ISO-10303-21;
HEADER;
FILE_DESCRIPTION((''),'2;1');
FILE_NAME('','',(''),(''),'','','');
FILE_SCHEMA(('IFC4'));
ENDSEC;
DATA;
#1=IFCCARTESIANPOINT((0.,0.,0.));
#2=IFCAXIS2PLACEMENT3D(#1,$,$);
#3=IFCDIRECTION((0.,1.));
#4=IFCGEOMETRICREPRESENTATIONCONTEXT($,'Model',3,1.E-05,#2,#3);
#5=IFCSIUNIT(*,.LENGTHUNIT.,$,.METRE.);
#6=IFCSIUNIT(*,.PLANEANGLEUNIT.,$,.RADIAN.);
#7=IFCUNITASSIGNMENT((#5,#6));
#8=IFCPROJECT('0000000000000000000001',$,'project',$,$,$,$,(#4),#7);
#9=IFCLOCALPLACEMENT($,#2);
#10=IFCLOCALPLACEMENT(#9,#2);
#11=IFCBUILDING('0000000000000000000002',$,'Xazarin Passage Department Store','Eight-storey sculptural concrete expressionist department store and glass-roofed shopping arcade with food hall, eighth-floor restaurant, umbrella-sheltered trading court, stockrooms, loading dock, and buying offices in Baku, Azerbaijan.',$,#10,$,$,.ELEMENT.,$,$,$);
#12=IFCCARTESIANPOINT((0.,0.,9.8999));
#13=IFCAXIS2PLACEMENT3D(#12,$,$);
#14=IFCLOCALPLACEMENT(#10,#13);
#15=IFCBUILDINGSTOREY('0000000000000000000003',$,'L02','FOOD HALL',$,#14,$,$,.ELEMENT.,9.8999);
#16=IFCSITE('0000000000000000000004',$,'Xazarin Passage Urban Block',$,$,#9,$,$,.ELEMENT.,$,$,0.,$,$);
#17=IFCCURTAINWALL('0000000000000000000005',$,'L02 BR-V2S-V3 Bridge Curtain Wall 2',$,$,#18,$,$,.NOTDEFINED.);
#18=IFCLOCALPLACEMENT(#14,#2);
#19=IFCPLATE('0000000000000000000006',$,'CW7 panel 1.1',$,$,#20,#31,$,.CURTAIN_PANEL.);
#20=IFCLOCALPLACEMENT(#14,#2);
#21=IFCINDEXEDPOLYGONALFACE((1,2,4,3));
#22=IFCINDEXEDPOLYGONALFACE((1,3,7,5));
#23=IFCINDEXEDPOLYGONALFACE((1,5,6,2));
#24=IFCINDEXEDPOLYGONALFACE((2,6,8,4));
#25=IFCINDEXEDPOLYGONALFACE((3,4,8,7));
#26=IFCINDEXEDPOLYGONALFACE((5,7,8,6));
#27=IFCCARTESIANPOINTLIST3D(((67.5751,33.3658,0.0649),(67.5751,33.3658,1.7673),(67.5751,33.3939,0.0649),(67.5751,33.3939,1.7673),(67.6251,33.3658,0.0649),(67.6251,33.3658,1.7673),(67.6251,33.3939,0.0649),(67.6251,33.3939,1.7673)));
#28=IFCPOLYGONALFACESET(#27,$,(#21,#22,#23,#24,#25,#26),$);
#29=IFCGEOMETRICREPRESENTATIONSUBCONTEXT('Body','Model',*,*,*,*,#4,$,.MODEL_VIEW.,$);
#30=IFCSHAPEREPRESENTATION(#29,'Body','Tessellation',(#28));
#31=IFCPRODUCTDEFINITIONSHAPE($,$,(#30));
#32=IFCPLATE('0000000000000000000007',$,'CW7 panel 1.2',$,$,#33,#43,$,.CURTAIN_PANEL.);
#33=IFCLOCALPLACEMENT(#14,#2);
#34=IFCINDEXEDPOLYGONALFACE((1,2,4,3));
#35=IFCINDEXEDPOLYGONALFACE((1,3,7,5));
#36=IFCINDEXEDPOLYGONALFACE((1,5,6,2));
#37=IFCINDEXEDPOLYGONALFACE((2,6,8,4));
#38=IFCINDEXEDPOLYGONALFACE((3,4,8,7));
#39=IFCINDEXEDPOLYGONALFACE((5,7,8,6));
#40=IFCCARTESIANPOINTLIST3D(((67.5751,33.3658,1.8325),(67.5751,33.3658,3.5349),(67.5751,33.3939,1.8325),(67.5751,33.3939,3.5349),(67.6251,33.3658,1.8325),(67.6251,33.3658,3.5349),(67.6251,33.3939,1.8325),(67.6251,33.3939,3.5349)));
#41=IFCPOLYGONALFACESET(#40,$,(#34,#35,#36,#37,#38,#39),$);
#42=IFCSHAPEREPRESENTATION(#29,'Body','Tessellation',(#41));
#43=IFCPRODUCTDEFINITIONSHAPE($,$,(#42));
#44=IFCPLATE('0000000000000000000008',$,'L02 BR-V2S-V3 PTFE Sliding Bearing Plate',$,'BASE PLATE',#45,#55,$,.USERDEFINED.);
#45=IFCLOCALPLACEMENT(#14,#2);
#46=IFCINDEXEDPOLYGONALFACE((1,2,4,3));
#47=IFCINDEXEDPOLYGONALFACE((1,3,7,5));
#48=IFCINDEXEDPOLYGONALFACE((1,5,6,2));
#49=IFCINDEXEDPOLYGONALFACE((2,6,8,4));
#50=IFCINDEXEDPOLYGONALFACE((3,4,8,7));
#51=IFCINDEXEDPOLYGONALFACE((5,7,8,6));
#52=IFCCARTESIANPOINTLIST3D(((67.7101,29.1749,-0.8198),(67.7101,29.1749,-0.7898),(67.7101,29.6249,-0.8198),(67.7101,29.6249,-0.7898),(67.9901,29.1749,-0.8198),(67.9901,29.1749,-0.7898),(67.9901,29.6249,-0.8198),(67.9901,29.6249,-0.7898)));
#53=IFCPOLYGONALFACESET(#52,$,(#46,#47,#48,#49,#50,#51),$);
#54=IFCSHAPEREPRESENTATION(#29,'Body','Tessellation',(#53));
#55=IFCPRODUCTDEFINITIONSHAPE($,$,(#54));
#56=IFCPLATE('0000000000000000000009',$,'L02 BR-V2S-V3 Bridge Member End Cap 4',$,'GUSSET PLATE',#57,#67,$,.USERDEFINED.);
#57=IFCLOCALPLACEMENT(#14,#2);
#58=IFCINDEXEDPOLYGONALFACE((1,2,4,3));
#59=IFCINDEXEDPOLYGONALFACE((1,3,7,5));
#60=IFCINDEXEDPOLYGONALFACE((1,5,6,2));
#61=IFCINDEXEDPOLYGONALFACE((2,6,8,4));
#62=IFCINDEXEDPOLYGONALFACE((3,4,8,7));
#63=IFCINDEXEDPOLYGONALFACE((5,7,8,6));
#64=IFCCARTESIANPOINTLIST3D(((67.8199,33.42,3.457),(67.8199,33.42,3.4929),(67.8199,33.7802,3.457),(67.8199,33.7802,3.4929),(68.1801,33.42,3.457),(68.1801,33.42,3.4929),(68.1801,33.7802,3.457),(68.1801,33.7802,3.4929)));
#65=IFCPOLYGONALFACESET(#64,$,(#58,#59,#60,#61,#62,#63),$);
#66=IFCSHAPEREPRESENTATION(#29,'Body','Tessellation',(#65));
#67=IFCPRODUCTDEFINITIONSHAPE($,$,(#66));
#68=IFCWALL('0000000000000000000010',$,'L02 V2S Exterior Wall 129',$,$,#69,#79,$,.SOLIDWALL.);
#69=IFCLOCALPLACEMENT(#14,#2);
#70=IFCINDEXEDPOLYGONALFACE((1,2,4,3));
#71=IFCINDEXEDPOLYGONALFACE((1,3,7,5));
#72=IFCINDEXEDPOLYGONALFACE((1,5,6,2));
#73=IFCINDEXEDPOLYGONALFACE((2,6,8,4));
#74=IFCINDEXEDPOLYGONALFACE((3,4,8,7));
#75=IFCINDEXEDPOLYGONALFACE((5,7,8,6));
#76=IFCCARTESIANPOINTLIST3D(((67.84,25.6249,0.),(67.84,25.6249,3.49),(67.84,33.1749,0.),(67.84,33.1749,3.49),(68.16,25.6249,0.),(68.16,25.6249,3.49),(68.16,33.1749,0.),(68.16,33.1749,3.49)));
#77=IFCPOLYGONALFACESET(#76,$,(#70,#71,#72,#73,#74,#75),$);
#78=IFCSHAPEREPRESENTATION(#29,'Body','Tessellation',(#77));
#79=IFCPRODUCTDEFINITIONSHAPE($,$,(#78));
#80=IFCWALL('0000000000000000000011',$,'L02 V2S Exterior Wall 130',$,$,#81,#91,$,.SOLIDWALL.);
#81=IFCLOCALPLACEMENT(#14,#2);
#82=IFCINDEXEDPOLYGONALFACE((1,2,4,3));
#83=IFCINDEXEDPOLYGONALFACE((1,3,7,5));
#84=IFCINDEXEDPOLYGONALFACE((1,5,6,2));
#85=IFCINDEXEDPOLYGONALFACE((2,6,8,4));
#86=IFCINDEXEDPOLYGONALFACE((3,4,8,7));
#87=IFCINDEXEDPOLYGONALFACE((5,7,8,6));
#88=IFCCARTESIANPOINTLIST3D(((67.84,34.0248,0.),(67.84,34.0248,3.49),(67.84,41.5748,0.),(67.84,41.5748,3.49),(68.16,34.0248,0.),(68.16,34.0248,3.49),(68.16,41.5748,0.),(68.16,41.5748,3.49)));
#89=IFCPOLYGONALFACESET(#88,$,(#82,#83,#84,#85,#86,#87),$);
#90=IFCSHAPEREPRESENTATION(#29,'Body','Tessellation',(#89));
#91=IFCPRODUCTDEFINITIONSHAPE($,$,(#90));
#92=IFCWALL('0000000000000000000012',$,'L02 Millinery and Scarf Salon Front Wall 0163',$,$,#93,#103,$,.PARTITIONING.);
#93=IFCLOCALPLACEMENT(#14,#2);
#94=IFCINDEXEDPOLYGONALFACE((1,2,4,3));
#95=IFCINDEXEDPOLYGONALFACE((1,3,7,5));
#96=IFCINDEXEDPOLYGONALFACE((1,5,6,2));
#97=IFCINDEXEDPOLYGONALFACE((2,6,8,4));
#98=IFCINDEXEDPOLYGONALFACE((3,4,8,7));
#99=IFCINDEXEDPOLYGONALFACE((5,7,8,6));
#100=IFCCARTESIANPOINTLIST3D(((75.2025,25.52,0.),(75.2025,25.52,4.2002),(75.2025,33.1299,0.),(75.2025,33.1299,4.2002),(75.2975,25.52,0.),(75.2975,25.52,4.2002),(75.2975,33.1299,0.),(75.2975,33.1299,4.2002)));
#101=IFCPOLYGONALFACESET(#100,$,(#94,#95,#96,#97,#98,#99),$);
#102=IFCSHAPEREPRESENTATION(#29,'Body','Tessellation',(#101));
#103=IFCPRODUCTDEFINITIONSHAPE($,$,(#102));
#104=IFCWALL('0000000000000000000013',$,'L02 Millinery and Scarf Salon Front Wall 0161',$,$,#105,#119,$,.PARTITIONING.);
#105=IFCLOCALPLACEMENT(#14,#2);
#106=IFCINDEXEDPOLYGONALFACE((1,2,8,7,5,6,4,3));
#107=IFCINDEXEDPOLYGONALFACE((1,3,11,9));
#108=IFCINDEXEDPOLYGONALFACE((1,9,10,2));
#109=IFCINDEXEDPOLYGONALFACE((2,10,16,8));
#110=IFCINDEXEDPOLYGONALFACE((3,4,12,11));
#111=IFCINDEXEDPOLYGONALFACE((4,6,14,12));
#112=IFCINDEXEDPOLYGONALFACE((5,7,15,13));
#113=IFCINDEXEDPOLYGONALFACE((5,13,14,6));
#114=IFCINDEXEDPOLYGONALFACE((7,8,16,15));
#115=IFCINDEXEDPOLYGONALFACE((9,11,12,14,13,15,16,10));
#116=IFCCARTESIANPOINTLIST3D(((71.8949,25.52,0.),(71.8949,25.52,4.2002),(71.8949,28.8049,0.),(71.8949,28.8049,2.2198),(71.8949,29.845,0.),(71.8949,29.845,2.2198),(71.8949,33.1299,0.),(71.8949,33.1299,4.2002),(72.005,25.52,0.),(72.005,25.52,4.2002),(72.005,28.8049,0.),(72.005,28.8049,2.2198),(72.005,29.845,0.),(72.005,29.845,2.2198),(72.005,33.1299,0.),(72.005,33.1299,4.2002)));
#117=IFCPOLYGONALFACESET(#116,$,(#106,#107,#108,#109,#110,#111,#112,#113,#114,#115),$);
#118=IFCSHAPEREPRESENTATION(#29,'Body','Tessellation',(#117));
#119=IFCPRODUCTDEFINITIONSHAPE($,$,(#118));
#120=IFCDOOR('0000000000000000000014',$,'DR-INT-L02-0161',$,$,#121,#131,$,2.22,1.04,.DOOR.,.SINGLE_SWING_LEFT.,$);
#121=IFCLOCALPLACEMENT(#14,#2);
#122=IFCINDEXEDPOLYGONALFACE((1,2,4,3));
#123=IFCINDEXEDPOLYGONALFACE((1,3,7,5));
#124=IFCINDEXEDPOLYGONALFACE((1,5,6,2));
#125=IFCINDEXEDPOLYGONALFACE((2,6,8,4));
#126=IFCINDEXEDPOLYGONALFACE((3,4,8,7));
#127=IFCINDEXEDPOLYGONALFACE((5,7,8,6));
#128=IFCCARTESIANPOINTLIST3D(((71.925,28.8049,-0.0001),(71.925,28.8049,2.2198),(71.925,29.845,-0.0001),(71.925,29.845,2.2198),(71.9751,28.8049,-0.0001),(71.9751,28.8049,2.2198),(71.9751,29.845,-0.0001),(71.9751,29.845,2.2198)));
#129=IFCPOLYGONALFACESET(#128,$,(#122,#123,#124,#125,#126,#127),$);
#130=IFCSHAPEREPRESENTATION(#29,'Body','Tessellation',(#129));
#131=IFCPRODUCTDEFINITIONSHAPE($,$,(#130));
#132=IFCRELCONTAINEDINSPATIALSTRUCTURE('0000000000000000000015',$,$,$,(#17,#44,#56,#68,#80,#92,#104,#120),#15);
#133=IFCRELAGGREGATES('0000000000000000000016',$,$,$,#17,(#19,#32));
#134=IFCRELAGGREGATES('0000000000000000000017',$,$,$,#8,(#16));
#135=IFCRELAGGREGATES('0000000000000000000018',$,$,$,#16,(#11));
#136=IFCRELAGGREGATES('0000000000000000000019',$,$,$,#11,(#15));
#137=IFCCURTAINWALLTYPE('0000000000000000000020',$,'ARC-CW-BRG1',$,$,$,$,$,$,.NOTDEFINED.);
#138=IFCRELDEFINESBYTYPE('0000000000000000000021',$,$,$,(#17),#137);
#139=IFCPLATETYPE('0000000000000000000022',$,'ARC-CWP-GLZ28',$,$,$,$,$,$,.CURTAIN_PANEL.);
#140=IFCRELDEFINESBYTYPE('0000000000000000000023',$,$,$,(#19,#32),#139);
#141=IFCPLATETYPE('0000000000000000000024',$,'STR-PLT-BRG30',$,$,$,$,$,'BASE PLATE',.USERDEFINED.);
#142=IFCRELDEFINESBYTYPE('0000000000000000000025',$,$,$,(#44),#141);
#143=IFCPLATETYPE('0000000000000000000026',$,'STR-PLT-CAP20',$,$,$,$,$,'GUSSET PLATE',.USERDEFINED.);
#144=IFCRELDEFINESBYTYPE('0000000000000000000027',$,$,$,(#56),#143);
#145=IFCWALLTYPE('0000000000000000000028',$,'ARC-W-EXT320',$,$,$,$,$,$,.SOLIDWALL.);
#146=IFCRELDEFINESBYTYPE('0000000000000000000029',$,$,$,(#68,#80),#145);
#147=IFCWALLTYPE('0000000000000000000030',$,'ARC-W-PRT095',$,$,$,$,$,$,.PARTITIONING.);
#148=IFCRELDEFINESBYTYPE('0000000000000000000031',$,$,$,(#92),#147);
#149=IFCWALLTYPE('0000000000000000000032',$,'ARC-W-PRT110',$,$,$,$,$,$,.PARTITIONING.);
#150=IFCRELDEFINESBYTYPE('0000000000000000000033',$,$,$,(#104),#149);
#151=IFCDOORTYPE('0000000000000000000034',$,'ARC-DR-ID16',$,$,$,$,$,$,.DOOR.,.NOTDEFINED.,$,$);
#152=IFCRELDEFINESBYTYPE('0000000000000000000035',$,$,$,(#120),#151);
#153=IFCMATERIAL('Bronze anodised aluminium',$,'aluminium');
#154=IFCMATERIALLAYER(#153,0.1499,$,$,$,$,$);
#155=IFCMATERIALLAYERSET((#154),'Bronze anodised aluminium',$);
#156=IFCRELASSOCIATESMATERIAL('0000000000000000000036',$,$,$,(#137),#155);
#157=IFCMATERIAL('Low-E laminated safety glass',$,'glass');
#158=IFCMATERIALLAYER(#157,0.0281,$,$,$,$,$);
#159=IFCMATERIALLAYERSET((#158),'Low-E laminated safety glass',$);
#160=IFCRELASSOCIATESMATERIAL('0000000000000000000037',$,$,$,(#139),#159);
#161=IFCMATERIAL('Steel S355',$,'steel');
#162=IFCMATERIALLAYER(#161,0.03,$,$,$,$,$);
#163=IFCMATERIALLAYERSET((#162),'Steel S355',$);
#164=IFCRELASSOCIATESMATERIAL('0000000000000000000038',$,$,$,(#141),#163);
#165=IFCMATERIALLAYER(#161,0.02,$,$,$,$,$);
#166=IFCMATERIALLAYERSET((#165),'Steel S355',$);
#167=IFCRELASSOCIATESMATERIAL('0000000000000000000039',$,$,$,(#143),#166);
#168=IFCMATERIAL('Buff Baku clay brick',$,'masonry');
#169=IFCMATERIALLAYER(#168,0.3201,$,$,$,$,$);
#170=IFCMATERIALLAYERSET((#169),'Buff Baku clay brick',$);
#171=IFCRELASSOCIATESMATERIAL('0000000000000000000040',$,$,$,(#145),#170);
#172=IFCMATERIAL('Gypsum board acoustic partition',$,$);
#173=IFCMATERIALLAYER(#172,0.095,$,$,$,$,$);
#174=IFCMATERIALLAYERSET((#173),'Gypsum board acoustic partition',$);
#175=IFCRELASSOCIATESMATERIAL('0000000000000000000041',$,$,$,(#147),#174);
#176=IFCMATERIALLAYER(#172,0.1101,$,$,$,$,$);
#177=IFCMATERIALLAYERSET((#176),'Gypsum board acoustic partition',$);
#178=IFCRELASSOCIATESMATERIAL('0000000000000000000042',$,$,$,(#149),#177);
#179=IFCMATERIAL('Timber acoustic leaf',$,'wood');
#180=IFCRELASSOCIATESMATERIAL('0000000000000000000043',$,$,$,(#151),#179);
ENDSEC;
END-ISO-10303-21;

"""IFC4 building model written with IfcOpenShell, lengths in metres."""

from ifc_helpers import new_model, si_unit, direction, frame, frame_2d, origin, origin_2d, place, context, subcontext, project, spatial, rectangle, extrude, material, layer, layer_set, type_object, element, fill, aggregate, save


model = new_model("IFC4")

# Units and contexts
model_context = context("Model", 3, precision=1e-05, world=origin(), true_north=direction((0.0, 1.0)))
body_context = subcontext(model_context, "Body", "Model", "MODEL_VIEW")
ifc_project = project(units=[si_unit("LENGTHUNIT", "METRE"), si_unit("PLANEANGLEUNIT", "RADIAN")], contexts=[model_context])

# Site, building, storey
site_placement = place(None, origin())
site = spatial("IfcSite", under=ifc_project, at=site_placement, Name="Xazarin Passage Urban Block", CompositionType="ELEMENT", RefElevation=0.0)
building_placement = place(site_placement, origin())
building = spatial("IfcBuilding", under=site, at=building_placement, Name="Xazarin Passage Department Store", Description="Eight-storey sculptural concrete expressionist department store and glass-roofed shopping arcade with food hall, eighth-floor restaurant, umbrella-sheltered trading court, stockrooms, loading dock, and buying offices in Baku, Azerbaijan.", CompositionType="ELEMENT")
storey_placement = place(building_placement, frame((0.0, 0.0, 9.8999)))
storey = spatial("IfcBuildingStorey", under=building, at=storey_placement, Name="L02", Description="FOOD HALL", CompositionType="ELEMENT", Elevation=9.8999)

# Curtain wall
ifc_material_1 = material(Name="Bronze anodised aluminium", Category="aluminium")
ifc_layer_1 = layer(ifc_material_1, 0.1499)
ifc_layer_set_1 = layer_set([ifc_layer_1], Name="Bronze anodised aluminium")
curtain_wall_type = type_object("IfcCurtainWallType", Name="ARC-CW-BRG1", PredefinedType="NOTDEFINED", material=ifc_layer_set_1)
curtain_wall_placement = place(storey_placement, origin())
curtain_wall = element("IfcCurtainWall", 1, at=curtain_wall_placement, inside=storey, type_object=curtain_wall_type, Name="L02 BR-V2S-V3 Bridge Curtain Wall 2", PredefinedType="NOTDEFINED")

# Plates
ifc_material_2 = material(Name="Low-E laminated safety glass", Category="glass")
ifc_layer_2 = layer(ifc_material_2, 0.0281)
ifc_layer_set_2 = layer_set([ifc_layer_2], Name="Low-E laminated safety glass")
plate_type_1 = type_object("IfcPlateType", Name="ARC-CWP-GLZ28", PredefinedType="CURTAIN_PANEL", material=ifc_layer_set_2)
plate_1_placement = place(storey_placement, frame((67.6001, 33.3799, 0.0649), z_axis=(0.0, 0.0, 1.0), x_axis=(1.0, 0.0, 0.0)))
plate_1 = element("IfcPlate", 2, at=plate_1_placement, type_object=plate_type_1, Name="CW7 panel 1.1", PredefinedType="CURTAIN_PANEL", context=body_context, shape_type="SweptSolid", body=[
    extrude(rectangle(XDim=0.05, YDim=0.0281, at=origin_2d()), origin(), (0.0, 0.0, 1.0), 1.7024),
])
plate_2_placement = place(storey_placement, frame((67.6001, 33.3799, 1.8325), z_axis=(0.0, 0.0, 1.0), x_axis=(1.0, 0.0, 0.0)))
plate_2 = element("IfcPlate", 3, at=plate_2_placement, type_object=plate_type_1, Name="CW7 panel 1.2", PredefinedType="CURTAIN_PANEL", context=body_context, shape_type="SweptSolid", body=[
    extrude(rectangle(XDim=0.05, YDim=0.0281, at=origin_2d()), origin(), (0.0, 0.0, 1.0), 1.7024),
])
aggregate(curtain_wall, [plate_1, plate_2])

# Plates
ifc_material_3 = material(Name="Steel S355", Category="steel")
ifc_layer_3 = layer(ifc_material_3, 0.03)
ifc_layer_set_3 = layer_set([ifc_layer_3], Name="Steel S355")
plate_type_2 = type_object("IfcPlateType", Name="STR-PLT-BRG30", ElementType="BASE PLATE", PredefinedType="USERDEFINED", material=ifc_layer_set_3)
plate_3_placement = place(storey_placement, frame((67.8501, 29.3999, -0.8198), z_axis=(0.0, 0.0, 1.0), x_axis=(1.0, 0.0, 0.0)))
element("IfcPlate", 4, at=plate_3_placement, inside=storey, type_object=plate_type_2, Name="L02 BR-V2S-V3 PTFE Sliding Bearing Plate", ObjectType="BASE PLATE", PredefinedType="USERDEFINED", context=body_context, shape_type="SweptSolid", body=[
    extrude(rectangle(XDim=0.28, YDim=0.45, at=origin_2d()), origin(), (0.0, 0.0, 1.0), 0.03),
])
ifc_layer_4 = layer(ifc_material_3, 0.02)
ifc_layer_set_4 = layer_set([ifc_layer_4], Name="Steel S355")
plate_type_3 = type_object("IfcPlateType", Name="STR-PLT-CAP20", ElementType="GUSSET PLATE", PredefinedType="USERDEFINED", material=ifc_layer_set_4)
plate_4_placement = place(storey_placement, frame((68.0, 33.6001, 3.457), z_axis=(0.0, 0.0, 1.0), x_axis=(1.0, 0.0, 0.0)))
element("IfcPlate", 5, at=plate_4_placement, inside=storey, type_object=plate_type_3, Name="L02 BR-V2S-V3 Bridge Member End Cap 4", ObjectType="GUSSET PLATE", PredefinedType="USERDEFINED", context=body_context, shape_type="SweptSolid", body=[
    extrude(rectangle(XDim=0.3601, YDim=0.3601, at=origin_2d()), origin(), (0.0, 0.0, 1.0), 0.0359),
])

# Walls
ifc_material_4 = material(Name="Buff Baku clay brick", Category="masonry")
ifc_layer_5 = layer(ifc_material_4, 0.3201)
ifc_layer_set_5 = layer_set([ifc_layer_5], Name="Buff Baku clay brick")
wall_type_1 = type_object("IfcWallType", Name="ARC-W-EXT320", PredefinedType="SOLIDWALL", material=ifc_layer_set_5)
for number, where, z_axis, x_axis, name in (
    (6, (68.0, 25.625, 0.0), (0.0, 0.0, 1.0), (0.0, 1.0, 0.0), "L02 V2S Exterior Wall 129"),
    (7, (68.0, 34.0249, 0.0), (0.0, 0.0, 1.0), (0.0, 1.0, 0.0), "L02 V2S Exterior Wall 130"),
):
    element("IfcWall", number, at=place(storey_placement, frame(where, z_axis=z_axis, x_axis=x_axis)), inside=storey, type_object=wall_type_1, Name=name, PredefinedType="SOLIDWALL", context=body_context, shape_type="SweptSolid", body=[
        extrude(rectangle(XDim=7.55, YDim=0.3201, at=frame_2d((3.7749, 0.0))), origin(), (0.0, 0.0, 1.0), 3.49),
    ])
ifc_material_5 = material(Name="Gypsum board acoustic partition")
ifc_layer_6 = layer(ifc_material_5, 0.095)
ifc_layer_set_6 = layer_set([ifc_layer_6], Name="Gypsum board acoustic partition")
wall_type_2 = type_object("IfcWallType", Name="ARC-W-PRT095", PredefinedType="PARTITIONING", material=ifc_layer_set_6)
wall_1_placement = place(storey_placement, frame((75.25, 25.52, 0.0), z_axis=(0.0, 0.0, 1.0), x_axis=(0.0, 1.0, 0.0)))
element("IfcWall", 8, at=wall_1_placement, inside=storey, type_object=wall_type_2, Name="L02 Millinery and Scarf Salon Front Wall 0163", PredefinedType="PARTITIONING", context=body_context, shape_type="SweptSolid", body=[
    extrude(rectangle(XDim=7.6099, YDim=0.095, at=frame_2d((3.8049, 0.0))), origin(), (0.0, 0.0, 1.0), 4.2002),
])

# Wall, opening, door
ifc_layer_7 = layer(ifc_material_5, 0.1101)
ifc_layer_set_7 = layer_set([ifc_layer_7], Name="Gypsum board acoustic partition")
wall_type_3 = type_object("IfcWallType", Name="ARC-W-PRT110", PredefinedType="PARTITIONING", material=ifc_layer_set_7)
wall_2_placement = place(storey_placement, frame((71.95, 25.52, 0.0), z_axis=(0.0, 0.0, 1.0), x_axis=(0.0, 1.0, 0.0)))
wall_2 = element("IfcWall", 9, at=wall_2_placement, inside=storey, type_object=wall_type_3, Name="L02 Millinery and Scarf Salon Front Wall 0161", PredefinedType="PARTITIONING", context=body_context, shape_type="SweptSolid", body=[
    extrude(rectangle(XDim=7.6099, YDim=0.1101, at=frame_2d((3.8049, 0.0))), origin(), (0.0, 0.0, 1.0), 4.2002),
])
opening_placement = place(wall_2_placement, frame((3.2849, 0.0, 0.0)))
opening = element("IfcOpeningElement", 10, at=opening_placement, cuts=wall_2, PredefinedType="OPENING", context=body_context, shape_type="SweptSolid", body=[
    extrude(rectangle(XDim=1.04, YDim=2.22, at=frame_2d((0.52, 1.1099))), frame((0.0, 0.0649, 0.0), z_axis=(0.0, -1.0, 0.0), x_axis=(1.0, 0.0, 0.0)), (0.0, 0.0, 1.0), 0.1301),
])
ifc_material_6 = material(Name="Timber acoustic leaf", Category="wood")
door_type = type_object("IfcDoorType", Name="ARC-DR-ID16", OperationType="NOTDEFINED", PredefinedType="DOOR", material=ifc_material_6)
door_placement = place(opening_placement, origin())
door = element("IfcDoor", 11, at=door_placement, inside=storey, type_object=door_type, Name="DR-INT-L02-0161", OperationType="SINGLE_SWING_LEFT", OverallHeight=2.22, OverallWidth=1.04, PredefinedType="DOOR", context=body_context, shape_type="SweptSolid", body=[
    extrude(rectangle(XDim=1.04, YDim=2.22, at=frame_2d((0.52, 1.1099))), frame((0.0, 0.0249, 0.0), z_axis=(0.0, -1.0, 0.0), x_axis=(1.0, 0.0, 0.0)), (0.0, 0.0, 1.0), 0.05),
])
fill(opening, door)

save(model, "model.ifc")
